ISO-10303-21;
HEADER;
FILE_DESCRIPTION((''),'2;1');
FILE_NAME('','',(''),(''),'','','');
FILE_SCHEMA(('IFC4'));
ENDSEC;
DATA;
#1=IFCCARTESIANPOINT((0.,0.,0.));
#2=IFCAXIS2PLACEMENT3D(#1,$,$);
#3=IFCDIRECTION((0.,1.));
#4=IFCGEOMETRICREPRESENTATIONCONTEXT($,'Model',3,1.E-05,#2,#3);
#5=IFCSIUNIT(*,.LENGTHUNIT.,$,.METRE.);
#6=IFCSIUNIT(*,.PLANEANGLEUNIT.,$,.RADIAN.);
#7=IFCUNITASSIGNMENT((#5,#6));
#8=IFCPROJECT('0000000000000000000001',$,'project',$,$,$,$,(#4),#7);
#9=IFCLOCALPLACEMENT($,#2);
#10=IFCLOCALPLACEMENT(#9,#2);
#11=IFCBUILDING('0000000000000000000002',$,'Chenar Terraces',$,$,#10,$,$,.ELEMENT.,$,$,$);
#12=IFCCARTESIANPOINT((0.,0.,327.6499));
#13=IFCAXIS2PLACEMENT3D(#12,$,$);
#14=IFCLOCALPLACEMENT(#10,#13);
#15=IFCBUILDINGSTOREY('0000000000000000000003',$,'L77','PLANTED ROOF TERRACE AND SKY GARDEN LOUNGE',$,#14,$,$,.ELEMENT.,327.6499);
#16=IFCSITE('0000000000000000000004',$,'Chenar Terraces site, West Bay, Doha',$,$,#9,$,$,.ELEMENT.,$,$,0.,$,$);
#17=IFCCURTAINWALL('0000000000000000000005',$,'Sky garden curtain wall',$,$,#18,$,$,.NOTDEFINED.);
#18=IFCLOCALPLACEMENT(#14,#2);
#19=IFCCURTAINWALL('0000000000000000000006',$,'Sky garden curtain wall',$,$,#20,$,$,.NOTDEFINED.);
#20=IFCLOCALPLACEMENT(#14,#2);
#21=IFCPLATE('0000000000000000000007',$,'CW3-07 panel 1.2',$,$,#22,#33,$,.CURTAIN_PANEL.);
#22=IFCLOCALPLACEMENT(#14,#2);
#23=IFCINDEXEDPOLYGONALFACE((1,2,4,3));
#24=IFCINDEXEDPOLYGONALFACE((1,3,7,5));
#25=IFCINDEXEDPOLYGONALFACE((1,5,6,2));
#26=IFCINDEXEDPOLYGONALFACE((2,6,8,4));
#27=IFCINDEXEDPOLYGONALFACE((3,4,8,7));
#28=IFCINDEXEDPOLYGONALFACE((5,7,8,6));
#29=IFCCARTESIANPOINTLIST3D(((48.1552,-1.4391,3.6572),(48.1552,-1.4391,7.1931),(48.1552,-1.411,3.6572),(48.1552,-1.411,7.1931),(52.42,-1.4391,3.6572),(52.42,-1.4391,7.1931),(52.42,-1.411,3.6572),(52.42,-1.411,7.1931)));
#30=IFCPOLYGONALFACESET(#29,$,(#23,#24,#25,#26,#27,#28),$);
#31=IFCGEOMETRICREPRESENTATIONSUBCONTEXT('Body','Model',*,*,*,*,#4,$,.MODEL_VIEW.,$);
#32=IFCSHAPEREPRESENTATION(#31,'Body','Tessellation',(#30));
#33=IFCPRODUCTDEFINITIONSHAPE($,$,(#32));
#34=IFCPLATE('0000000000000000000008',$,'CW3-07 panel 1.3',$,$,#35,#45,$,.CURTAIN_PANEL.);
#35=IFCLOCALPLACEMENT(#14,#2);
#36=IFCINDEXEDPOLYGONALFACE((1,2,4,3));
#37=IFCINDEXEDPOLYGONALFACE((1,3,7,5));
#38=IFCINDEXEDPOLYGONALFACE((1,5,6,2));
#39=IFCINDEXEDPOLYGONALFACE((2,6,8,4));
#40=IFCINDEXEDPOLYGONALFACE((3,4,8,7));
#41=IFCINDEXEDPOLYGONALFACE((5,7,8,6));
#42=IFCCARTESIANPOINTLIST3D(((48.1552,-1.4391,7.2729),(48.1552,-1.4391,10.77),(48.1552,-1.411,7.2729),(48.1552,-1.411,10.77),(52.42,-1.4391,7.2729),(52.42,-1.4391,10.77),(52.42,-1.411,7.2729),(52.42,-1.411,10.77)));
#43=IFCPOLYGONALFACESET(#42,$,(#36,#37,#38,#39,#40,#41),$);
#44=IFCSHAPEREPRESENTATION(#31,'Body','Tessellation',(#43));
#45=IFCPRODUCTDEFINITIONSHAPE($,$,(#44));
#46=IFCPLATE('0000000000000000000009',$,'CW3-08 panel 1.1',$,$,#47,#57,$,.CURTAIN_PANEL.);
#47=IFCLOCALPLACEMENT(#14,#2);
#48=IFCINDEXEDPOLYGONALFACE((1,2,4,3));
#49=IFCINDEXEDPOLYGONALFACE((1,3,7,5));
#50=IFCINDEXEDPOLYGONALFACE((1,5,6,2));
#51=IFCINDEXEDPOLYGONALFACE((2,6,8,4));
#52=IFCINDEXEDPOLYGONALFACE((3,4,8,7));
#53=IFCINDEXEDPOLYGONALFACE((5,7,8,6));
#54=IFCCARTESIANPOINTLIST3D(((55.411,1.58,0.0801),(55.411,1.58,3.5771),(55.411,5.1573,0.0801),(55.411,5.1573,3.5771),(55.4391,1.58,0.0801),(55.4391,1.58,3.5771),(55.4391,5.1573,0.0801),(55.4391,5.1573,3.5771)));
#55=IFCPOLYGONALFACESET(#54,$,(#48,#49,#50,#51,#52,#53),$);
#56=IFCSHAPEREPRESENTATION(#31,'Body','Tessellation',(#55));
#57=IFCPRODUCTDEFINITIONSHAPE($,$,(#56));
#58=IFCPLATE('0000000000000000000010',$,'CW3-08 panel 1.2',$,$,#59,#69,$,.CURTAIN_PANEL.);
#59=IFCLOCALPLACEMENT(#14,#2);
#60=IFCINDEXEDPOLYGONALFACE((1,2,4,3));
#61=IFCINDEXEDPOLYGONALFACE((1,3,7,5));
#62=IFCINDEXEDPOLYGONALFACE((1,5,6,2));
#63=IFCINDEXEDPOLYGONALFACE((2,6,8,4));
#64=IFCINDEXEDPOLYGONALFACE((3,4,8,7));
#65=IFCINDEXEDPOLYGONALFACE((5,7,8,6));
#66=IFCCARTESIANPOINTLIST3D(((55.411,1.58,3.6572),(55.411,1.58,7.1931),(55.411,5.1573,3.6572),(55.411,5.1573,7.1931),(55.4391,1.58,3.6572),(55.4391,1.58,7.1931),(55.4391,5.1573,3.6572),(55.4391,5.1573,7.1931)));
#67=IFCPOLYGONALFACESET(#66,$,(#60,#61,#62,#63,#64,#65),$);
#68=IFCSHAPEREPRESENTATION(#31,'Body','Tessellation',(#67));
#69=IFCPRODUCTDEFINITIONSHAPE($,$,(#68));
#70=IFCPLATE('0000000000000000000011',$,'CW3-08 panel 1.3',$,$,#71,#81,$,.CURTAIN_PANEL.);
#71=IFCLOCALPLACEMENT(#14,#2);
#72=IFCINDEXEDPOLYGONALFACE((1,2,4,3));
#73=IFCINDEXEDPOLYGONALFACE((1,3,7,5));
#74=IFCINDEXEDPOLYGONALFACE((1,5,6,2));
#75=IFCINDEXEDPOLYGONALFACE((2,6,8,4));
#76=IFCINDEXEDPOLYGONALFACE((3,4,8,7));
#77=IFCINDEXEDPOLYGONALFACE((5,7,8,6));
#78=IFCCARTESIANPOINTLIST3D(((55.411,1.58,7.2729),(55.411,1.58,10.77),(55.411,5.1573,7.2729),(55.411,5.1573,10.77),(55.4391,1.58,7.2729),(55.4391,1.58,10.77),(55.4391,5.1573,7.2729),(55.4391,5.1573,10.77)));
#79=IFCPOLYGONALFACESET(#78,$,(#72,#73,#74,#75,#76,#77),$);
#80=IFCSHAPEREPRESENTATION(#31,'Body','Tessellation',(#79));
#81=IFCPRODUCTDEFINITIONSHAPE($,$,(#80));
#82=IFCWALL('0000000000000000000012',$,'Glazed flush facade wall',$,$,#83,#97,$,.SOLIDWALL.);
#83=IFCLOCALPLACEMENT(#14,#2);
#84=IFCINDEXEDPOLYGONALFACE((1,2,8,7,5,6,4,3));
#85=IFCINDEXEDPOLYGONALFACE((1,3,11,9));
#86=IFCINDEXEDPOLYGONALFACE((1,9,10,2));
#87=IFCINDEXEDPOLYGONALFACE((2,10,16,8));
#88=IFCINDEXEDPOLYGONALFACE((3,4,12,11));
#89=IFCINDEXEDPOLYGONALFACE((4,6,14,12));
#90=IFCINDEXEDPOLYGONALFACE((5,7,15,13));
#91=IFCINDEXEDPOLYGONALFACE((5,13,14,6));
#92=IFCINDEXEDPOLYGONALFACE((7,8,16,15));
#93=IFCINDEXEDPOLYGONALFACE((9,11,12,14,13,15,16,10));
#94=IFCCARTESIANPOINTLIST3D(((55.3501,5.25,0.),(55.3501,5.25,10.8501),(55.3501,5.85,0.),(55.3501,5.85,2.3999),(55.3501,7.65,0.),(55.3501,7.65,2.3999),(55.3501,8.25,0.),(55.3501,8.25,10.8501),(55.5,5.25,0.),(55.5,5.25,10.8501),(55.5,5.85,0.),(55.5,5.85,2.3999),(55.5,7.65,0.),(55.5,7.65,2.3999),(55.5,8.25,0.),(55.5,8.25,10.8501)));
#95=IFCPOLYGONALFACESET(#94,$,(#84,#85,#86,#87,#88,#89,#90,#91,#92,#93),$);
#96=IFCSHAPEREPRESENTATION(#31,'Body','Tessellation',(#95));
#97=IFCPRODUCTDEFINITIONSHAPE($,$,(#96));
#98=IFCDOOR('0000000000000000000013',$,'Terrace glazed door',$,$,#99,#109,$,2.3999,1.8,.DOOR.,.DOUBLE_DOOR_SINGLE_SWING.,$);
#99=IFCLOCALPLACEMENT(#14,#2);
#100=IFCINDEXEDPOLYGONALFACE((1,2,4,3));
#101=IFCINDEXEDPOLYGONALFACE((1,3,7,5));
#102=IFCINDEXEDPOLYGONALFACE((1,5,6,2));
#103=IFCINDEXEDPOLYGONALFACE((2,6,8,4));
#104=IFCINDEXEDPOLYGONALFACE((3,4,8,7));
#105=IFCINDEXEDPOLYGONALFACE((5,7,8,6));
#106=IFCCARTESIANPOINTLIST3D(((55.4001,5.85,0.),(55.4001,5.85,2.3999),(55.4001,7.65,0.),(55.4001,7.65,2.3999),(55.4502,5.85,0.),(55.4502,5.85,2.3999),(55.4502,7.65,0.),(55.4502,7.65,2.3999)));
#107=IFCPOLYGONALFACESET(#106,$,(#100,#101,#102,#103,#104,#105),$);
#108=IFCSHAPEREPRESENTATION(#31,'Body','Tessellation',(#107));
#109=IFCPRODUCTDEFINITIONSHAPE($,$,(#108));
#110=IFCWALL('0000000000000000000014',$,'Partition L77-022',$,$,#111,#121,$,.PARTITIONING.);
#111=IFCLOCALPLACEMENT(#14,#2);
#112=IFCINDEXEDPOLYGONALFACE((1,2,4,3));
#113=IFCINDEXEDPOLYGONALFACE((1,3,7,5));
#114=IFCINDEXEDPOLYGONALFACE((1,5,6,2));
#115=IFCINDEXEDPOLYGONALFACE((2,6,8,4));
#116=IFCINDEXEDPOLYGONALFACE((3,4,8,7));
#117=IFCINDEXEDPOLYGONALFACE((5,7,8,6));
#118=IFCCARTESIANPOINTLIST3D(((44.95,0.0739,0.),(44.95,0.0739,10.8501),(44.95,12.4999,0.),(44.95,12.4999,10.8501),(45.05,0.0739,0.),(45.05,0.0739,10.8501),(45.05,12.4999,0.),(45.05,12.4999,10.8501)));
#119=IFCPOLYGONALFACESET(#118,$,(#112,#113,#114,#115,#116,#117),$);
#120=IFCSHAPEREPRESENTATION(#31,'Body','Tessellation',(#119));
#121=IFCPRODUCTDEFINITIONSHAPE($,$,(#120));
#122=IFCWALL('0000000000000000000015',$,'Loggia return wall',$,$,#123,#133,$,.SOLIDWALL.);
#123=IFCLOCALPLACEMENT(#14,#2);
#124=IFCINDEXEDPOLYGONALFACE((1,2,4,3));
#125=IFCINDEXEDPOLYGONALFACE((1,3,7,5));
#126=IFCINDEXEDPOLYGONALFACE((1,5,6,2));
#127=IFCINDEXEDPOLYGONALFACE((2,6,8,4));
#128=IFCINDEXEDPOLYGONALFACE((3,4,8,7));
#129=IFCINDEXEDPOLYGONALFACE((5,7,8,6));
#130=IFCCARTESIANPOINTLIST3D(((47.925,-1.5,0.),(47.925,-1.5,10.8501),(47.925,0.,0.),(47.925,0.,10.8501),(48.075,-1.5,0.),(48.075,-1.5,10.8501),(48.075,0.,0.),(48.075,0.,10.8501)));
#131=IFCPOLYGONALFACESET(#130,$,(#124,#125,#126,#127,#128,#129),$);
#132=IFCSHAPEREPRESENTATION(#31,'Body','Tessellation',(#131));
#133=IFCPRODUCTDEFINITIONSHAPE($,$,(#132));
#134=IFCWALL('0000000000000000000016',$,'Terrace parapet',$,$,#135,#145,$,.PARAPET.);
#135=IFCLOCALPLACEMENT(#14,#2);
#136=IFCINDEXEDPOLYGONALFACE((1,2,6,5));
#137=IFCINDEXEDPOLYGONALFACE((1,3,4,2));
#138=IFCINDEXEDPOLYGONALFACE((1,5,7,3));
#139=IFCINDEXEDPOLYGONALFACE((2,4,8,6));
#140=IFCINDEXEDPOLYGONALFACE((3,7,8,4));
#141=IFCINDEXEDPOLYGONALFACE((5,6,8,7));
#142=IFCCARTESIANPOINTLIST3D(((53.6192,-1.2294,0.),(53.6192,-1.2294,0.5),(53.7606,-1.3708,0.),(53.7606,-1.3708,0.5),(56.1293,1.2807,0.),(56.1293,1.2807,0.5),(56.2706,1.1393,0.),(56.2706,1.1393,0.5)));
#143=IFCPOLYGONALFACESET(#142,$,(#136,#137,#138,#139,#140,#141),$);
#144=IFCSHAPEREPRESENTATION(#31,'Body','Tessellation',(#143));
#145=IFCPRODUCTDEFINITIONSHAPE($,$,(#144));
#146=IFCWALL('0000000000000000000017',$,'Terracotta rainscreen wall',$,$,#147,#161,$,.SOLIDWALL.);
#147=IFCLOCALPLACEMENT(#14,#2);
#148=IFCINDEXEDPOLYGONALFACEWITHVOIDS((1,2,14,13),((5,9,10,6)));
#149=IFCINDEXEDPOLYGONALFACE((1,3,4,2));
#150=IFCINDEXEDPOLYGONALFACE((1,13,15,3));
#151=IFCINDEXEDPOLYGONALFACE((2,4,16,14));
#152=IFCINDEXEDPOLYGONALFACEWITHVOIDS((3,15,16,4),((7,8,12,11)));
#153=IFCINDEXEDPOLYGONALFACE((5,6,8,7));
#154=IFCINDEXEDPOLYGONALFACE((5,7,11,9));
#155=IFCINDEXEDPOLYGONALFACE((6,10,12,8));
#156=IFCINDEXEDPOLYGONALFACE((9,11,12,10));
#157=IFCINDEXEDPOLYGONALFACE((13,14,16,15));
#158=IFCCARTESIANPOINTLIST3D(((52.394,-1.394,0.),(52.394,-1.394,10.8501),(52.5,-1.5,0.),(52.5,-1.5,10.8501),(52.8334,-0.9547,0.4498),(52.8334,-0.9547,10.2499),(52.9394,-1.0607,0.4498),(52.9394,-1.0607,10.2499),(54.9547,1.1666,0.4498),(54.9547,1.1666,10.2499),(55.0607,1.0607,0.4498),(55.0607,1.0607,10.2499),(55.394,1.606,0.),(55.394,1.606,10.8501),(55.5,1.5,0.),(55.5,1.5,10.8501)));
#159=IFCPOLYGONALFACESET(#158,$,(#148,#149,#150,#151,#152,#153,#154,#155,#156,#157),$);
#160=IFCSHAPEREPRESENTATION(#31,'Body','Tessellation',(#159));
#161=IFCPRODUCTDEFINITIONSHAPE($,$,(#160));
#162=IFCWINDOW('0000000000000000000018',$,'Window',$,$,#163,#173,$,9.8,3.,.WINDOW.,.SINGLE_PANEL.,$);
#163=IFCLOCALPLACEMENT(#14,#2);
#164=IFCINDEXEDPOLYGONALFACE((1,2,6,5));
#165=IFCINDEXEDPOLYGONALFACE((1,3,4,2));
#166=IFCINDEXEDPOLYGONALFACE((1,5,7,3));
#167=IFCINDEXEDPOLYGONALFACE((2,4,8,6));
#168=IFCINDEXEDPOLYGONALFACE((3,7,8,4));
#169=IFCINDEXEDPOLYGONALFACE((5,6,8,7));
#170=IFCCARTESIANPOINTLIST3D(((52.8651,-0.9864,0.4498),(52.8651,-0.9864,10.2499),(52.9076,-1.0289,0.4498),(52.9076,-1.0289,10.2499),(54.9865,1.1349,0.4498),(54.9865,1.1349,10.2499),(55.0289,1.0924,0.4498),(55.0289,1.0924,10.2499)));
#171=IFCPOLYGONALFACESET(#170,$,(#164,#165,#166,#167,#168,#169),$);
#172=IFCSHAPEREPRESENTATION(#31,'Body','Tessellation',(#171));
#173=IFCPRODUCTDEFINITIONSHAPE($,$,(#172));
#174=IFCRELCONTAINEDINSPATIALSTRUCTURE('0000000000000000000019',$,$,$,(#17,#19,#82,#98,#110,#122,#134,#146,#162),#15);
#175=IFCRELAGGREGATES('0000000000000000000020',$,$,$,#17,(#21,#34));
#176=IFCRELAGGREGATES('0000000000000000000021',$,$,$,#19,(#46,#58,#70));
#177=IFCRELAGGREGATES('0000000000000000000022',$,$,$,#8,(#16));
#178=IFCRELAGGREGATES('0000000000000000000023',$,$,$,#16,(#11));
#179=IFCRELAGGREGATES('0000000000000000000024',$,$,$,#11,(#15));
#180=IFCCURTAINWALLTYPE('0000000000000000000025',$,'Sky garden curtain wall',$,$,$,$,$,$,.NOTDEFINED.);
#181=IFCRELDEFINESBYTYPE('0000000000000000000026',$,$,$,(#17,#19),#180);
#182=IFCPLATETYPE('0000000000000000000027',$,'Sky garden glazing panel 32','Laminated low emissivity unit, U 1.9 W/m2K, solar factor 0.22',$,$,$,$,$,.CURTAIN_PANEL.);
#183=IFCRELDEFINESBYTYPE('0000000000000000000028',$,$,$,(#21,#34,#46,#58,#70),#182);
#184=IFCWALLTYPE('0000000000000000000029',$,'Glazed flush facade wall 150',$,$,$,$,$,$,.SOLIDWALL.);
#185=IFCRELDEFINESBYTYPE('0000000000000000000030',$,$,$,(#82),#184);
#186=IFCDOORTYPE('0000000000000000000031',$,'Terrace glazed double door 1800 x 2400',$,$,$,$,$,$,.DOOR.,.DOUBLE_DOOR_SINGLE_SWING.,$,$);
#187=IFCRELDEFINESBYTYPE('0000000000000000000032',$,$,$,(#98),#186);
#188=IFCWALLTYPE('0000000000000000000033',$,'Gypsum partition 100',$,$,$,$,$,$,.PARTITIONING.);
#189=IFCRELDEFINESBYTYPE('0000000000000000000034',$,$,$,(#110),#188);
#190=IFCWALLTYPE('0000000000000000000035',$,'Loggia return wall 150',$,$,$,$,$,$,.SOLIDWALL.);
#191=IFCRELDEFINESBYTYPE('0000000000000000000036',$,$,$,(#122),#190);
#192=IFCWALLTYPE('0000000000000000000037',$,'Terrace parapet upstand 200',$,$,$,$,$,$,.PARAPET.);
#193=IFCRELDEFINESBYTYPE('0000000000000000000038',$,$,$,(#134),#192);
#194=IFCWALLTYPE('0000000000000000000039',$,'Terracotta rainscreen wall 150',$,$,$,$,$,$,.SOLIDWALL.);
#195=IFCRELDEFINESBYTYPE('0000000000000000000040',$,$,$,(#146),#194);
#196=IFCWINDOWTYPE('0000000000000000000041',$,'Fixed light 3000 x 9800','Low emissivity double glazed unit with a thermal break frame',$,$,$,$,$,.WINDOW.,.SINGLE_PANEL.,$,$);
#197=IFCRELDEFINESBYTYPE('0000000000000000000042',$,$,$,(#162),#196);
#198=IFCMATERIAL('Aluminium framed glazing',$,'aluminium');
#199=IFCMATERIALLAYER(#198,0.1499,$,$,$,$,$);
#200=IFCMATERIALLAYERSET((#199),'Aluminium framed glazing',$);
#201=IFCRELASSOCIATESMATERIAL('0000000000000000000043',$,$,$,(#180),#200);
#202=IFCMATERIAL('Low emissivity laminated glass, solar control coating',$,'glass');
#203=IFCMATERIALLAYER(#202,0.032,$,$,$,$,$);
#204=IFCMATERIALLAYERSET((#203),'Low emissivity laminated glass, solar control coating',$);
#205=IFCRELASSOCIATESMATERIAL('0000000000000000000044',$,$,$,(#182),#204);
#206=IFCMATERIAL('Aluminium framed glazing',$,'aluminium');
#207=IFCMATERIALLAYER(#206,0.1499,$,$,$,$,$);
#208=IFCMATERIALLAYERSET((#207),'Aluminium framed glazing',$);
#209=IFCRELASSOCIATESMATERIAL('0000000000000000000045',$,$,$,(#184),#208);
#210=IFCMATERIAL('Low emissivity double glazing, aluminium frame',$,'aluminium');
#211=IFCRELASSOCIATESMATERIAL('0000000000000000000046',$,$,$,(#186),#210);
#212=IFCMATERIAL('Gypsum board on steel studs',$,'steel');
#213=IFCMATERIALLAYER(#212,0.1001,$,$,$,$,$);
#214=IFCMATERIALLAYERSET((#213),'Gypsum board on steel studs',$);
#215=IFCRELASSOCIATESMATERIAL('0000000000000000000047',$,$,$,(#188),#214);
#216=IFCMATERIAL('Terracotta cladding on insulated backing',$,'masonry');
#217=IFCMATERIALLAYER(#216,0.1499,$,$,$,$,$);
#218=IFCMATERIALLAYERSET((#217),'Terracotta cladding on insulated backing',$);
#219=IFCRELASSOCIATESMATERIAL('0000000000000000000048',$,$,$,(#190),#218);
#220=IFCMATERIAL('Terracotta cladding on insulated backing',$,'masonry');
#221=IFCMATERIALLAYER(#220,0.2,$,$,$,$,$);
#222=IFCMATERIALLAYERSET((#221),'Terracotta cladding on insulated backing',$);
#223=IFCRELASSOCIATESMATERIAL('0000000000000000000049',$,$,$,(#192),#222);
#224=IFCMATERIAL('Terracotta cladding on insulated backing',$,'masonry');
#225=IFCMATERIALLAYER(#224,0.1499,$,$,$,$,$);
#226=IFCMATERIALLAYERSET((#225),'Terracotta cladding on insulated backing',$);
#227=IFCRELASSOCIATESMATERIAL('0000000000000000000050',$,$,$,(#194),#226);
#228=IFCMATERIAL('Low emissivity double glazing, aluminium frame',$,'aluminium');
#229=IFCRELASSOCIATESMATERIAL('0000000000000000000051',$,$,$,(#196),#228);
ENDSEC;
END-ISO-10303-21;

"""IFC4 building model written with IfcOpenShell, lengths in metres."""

from ifc_helpers import new_model, si_unit, direction, frame, frame_2d, origin, origin_2d, place, context, subcontext, project, spatial, rectangle, extrude, material, layer, layer_set, type_object, element, fill, aggregate, save


model = new_model("IFC4")

# Units and contexts
model_context = context("Model", 3, precision=1e-05, world=origin(), true_north=direction((0.0, 1.0)))
body_context = subcontext(model_context, "Body", "Model", "MODEL_VIEW")
ifc_project = project(units=[si_unit("LENGTHUNIT", "METRE"), si_unit("PLANEANGLEUNIT", "RADIAN")], contexts=[model_context])

# Site, building, storey
site_placement = place(None, origin())
site = spatial("IfcSite", under=ifc_project, at=site_placement, Name="Chenar Terraces site, West Bay, Doha", CompositionType="ELEMENT", RefElevation=0.0)
building_placement = place(site_placement, origin())
building = spatial("IfcBuilding", under=site, at=building_placement, Name="Chenar Terraces", CompositionType="ELEMENT")
storey_placement = place(building_placement, frame((0.0, 0.0, 327.6499)))
storey = spatial("IfcBuildingStorey", under=building, at=storey_placement, Name="L77", Description="PLANTED ROOF TERRACE AND SKY GARDEN LOUNGE", CompositionType="ELEMENT", Elevation=327.6499)

# Curtain walls
ifc_material_1 = material(Name="Aluminium framed glazing", Category="aluminium")
ifc_layer_1 = layer(ifc_material_1, 0.1499)
ifc_layer_set_1 = layer_set([ifc_layer_1], Name="Aluminium framed glazing")
curtain_wall_type = type_object("IfcCurtainWallType", Name="Sky garden curtain wall", PredefinedType="NOTDEFINED", material=ifc_layer_set_1)
placement = place(storey_placement, origin())
curtain_wall_1 = element("IfcCurtainWall", 1, at=placement, inside=storey, type_object=curtain_wall_type, Name="Sky garden curtain wall", PredefinedType="NOTDEFINED")
curtain_wall_2 = element("IfcCurtainWall", 2, at=placement, inside=storey, type_object=curtain_wall_type, Name="Sky garden curtain wall", PredefinedType="NOTDEFINED")

# Plates
ifc_material_2 = material(Name="Low emissivity laminated glass, solar control coating", Category="glass")
ifc_layer_2 = layer(ifc_material_2, 0.032)
ifc_layer_set_2 = layer_set([ifc_layer_2], Name="Low emissivity laminated glass, solar control coating")
plate_type = type_object("IfcPlateType", Name="Sky garden glazing panel 32", Description="Laminated low emissivity unit, U 1.9 W/m2K, solar factor 0.22", PredefinedType="CURTAIN_PANEL", material=ifc_layer_set_2)
plate_1_placement = place(storey_placement, frame((50.2876, -1.425, 3.6572), z_axis=(0.0, 0.0, 1.0), x_axis=(1.0, 0.0, 0.0)))
plate_1 = element("IfcPlate", 3, at=plate_1_placement, type_object=plate_type, Name="CW3-07 panel 1.2", PredefinedType="CURTAIN_PANEL", context=body_context, shape_type="SweptSolid", body=[
    extrude(rectangle(XDim=4.2649, YDim=0.0281, at=origin_2d()), origin(), (0.0, 0.0, 1.0), 3.5359),
])
plate_2_placement = place(storey_placement, frame((50.2876, -1.425, 7.2729), z_axis=(0.0, 0.0, 1.0), x_axis=(1.0, 0.0, 0.0)))
plate_2 = element("IfcPlate", 4, at=plate_2_placement, type_object=plate_type, Name="CW3-07 panel 1.3", PredefinedType="CURTAIN_PANEL", context=body_context, shape_type="SweptSolid", body=[
    extrude(rectangle(XDim=4.2649, YDim=0.0281, at=origin_2d()), origin(), (0.0, 0.0, 1.0), 3.4971),
])
aggregate(curtain_wall_1, [plate_1, plate_2])
plate_3_placement = place(storey_placement, frame((55.425, 3.3687, 0.0801), z_axis=(0.0, 0.0, 1.0), x_axis=(0.0, 1.0, 0.0)))
plate_3 = element("IfcPlate", 5, at=plate_3_placement, type_object=plate_type, Name="CW3-08 panel 1.1", PredefinedType="CURTAIN_PANEL", context=body_context, shape_type="SweptSolid", body=[
    extrude(rectangle(XDim=3.5774, YDim=0.0281, at=origin_2d()), origin(), (0.0, 0.0, 1.0), 3.4971),
])
plate_4_placement = place(storey_placement, frame((55.425, 3.3687, 3.6572), z_axis=(0.0, 0.0, 1.0), x_axis=(0.0, 1.0, 0.0)))
plate_4 = element("IfcPlate", 6, at=plate_4_placement, type_object=plate_type, Name="CW3-08 panel 1.2", PredefinedType="CURTAIN_PANEL", context=body_context, shape_type="SweptSolid", body=[
    extrude(rectangle(XDim=3.5774, YDim=0.0281, at=origin_2d()), origin(), (0.0, 0.0, 1.0), 3.5359),
])
plate_5_placement = place(storey_placement, frame((55.425, 3.3687, 7.2729), z_axis=(0.0, 0.0, 1.0), x_axis=(0.0, 1.0, 0.0)))
plate_5 = element("IfcPlate", 7, at=plate_5_placement, type_object=plate_type, Name="CW3-08 panel 1.3", PredefinedType="CURTAIN_PANEL", context=body_context, shape_type="SweptSolid", body=[
    extrude(rectangle(XDim=3.5774, YDim=0.0281, at=origin_2d()), origin(), (0.0, 0.0, 1.0), 3.4971),
])
aggregate(curtain_wall_2, [plate_3, plate_4, plate_5])

# Wall, opening, door
ifc_material_3 = material(Name="Aluminium framed glazing", Category="aluminium")
ifc_layer_3 = layer(ifc_material_3, 0.1499)
ifc_layer_set_3 = layer_set([ifc_layer_3], Name="Aluminium framed glazing")
wall_type_1 = type_object("IfcWallType", Name="Glazed flush facade wall 150", PredefinedType="SOLIDWALL", material=ifc_layer_set_3)
wall_1_placement = place(storey_placement, frame((55.425, 5.25, 0.0), z_axis=(0.0, 0.0, 1.0), x_axis=(0.0, 1.0, 0.0)))
wall_1 = element("IfcWall", 8, at=wall_1_placement, inside=storey, type_object=wall_type_1, Name="Glazed flush facade wall", PredefinedType="SOLIDWALL", context=body_context, shape_type="SweptSolid", body=[
    extrude(rectangle(XDim=3.0, YDim=0.1499, at=frame_2d((1.5, 0.0))), origin(), (0.0, 0.0, 1.0), 10.8501),
])
opening_1_placement = place(wall_1_placement, frame((0.6001, 0.0, 0.0)))
opening_1 = element("IfcOpeningElement", 9, at=opening_1_placement, cuts=wall_1, PredefinedType="OPENING", context=body_context, shape_type="SweptSolid", body=[
    extrude(rectangle(XDim=1.8, YDim=2.3999, at=frame_2d((0.8999, 1.2))), frame((0.0, 0.085, 0.0), z_axis=(0.0, -1.0, 0.0), x_axis=(1.0, 0.0, 0.0)), (0.0, 0.0, 1.0), 0.1699),
])
ifc_material_4 = material(Name="Low emissivity double glazing, aluminium frame", Category="aluminium")
door_type = type_object("IfcDoorType", Name="Terrace glazed double door 1800 x 2400", OperationType="DOUBLE_DOOR_SINGLE_SWING", PredefinedType="DOOR", material=ifc_material_4)
door_placement = place(opening_1_placement, origin())
door = element("IfcDoor", 10, at=door_placement, inside=storey, type_object=door_type, Name="Terrace glazed door", OperationType="DOUBLE_DOOR_SINGLE_SWING", OverallHeight=2.3999, OverallWidth=1.8, PredefinedType="DOOR", context=body_context, shape_type="SweptSolid", body=[
    extrude(rectangle(XDim=1.8, YDim=2.3999, at=frame_2d((0.8999, 1.2))), frame((0.0, 0.0249, 0.0), z_axis=(0.0, -1.0, 0.0), x_axis=(1.0, 0.0, 0.0)), (0.0, 0.0, 1.0), 0.05),
])
fill(opening_1, door)

# Walls
ifc_material_5 = material(Name="Gypsum board on steel studs", Category="steel")
ifc_layer_4 = layer(ifc_material_5, 0.1001)
ifc_layer_set_4 = layer_set([ifc_layer_4], Name="Gypsum board on steel studs")
wall_type_2 = type_object("IfcWallType", Name="Gypsum partition 100", PredefinedType="PARTITIONING", material=ifc_layer_set_4)
wall_2_placement = place(storey_placement, frame((45.0, 0.074, 0.0), z_axis=(0.0, 0.0, 1.0), x_axis=(0.0, 1.0, 0.0)))
element("IfcWall", 11, at=wall_2_placement, inside=storey, type_object=wall_type_2, Name="Partition L77-022", PredefinedType="PARTITIONING", context=body_context, shape_type="SweptSolid", body=[
    extrude(rectangle(XDim=12.426, YDim=0.1001, at=frame_2d((6.2129, 0.0))), origin(), (0.0, 0.0, 1.0), 10.8501),
])
ifc_material_6 = material(Name="Terracotta cladding on insulated backing", Category="masonry")
ifc_layer_5 = layer(ifc_material_6, 0.1499)
ifc_layer_set_5 = layer_set([ifc_layer_5], Name="Terracotta cladding on insulated backing")
wall_type_3 = type_object("IfcWallType", Name="Loggia return wall 150", PredefinedType="SOLIDWALL", material=ifc_layer_set_5)
wall_3_placement = place(storey_placement, frame((48.0, -1.5, 0.0), z_axis=(0.0, 0.0, 1.0), x_axis=(0.0, 1.0, 0.0)))
element("IfcWall", 12, at=wall_3_placement, inside=storey, type_object=wall_type_3, Name="Loggia return wall", PredefinedType="SOLIDWALL", context=body_context, shape_type="SweptSolid", body=[
    extrude(rectangle(XDim=1.5, YDim=0.1499, at=frame_2d((0.75, 0.0))), origin(), (0.0, 0.0, 1.0), 10.8501),
])
ifc_material_7 = material(Name="Terracotta cladding on insulated backing", Category="masonry")
ifc_layer_6 = layer(ifc_material_7, 0.2)
ifc_layer_set_6 = layer_set([ifc_layer_6], Name="Terracotta cladding on insulated backing")
wall_type_4 = type_object("IfcWallType", Name="Terrace parapet upstand 200", PredefinedType="PARAPET", material=ifc_layer_set_6)
wall_4_placement = place(storey_placement, frame((56.2, 1.21, 0.0), z_axis=(0.0, 0.0, 1.0), x_axis=(-0.707107, -0.707107, 0.0)))
element("IfcWall", 13, at=wall_4_placement, inside=storey, type_object=wall_type_4, Name="Terrace parapet", PredefinedType="PARAPET", context=body_context, shape_type="SweptSolid", body=[
    extrude(rectangle(XDim=3.5498, YDim=0.2, at=frame_2d((1.7749, 0.0))), origin(), (0.0, 0.0, 1.0), 0.5),
])

# Wall, opening, window
ifc_material_8 = material(Name="Terracotta cladding on insulated backing", Category="masonry")
ifc_layer_7 = layer(ifc_material_8, 0.1499)
ifc_layer_set_7 = layer_set([ifc_layer_7], Name="Terracotta cladding on insulated backing")
wall_type_5 = type_object("IfcWallType", Name="Terracotta rainscreen wall 150", PredefinedType="SOLIDWALL", material=ifc_layer_set_7)
wall_5_placement = place(storey_placement, frame((52.447, -1.447, 0.0), z_axis=(0.0, 0.0, 1.0), x_axis=(0.707107, 0.707107, 0.0)))
wall_5 = element("IfcWall", 14, at=wall_5_placement, inside=storey, type_object=wall_type_5, Name="Terracotta rainscreen wall", PredefinedType="SOLIDWALL", context=body_context, shape_type="SweptSolid", body=[
    extrude(rectangle(XDim=4.2427, YDim=0.1499, at=frame_2d((2.1213, 0.0))), origin(), (0.0, 0.0, 1.0), 10.8501),
])
opening_2_placement = place(wall_5_placement, frame((0.6213, 0.0, 0.45)))
opening_2 = element("IfcOpeningElement", 15, at=opening_2_placement, cuts=wall_5, PredefinedType="OPENING", context=body_context, shape_type="SweptSolid", body=[
    extrude(rectangle(XDim=3.0, YDim=9.8, at=frame_2d((1.5, 4.8999))), frame((0.0, 0.085, 0.0), z_axis=(0.0, -1.0, 0.0), x_axis=(1.0, 0.0, 0.0)), (0.0, 0.0, 1.0), 0.1699),
])
ifc_material_9 = material(Name="Low emissivity double glazing, aluminium frame", Category="aluminium")
window_type = type_object("IfcWindowType", Name="Fixed light 3000 x 9800", Description="Low emissivity double glazed unit with a thermal break frame", PartitioningType="SINGLE_PANEL", PredefinedType="WINDOW", material=ifc_material_9)
window_placement = place(opening_2_placement, origin())
window = element("IfcWindow", 16, at=window_placement, inside=storey, type_object=window_type, Name="Window", OverallHeight=9.8, OverallWidth=3.0, PartitioningType="SINGLE_PANEL", PredefinedType="WINDOW", context=body_context, shape_type="SweptSolid", body=[
    extrude(rectangle(XDim=3.0, YDim=9.8, at=frame_2d((1.5, 4.8999))), frame((0.0, 0.03, 0.0), z_axis=(0.0, -1.0, 0.0), x_axis=(1.0, 0.0, 0.0)), (0.0, 0.0, 1.0), 0.0601),
])
fill(opening_2, window)

save(model, "model.ifc")
